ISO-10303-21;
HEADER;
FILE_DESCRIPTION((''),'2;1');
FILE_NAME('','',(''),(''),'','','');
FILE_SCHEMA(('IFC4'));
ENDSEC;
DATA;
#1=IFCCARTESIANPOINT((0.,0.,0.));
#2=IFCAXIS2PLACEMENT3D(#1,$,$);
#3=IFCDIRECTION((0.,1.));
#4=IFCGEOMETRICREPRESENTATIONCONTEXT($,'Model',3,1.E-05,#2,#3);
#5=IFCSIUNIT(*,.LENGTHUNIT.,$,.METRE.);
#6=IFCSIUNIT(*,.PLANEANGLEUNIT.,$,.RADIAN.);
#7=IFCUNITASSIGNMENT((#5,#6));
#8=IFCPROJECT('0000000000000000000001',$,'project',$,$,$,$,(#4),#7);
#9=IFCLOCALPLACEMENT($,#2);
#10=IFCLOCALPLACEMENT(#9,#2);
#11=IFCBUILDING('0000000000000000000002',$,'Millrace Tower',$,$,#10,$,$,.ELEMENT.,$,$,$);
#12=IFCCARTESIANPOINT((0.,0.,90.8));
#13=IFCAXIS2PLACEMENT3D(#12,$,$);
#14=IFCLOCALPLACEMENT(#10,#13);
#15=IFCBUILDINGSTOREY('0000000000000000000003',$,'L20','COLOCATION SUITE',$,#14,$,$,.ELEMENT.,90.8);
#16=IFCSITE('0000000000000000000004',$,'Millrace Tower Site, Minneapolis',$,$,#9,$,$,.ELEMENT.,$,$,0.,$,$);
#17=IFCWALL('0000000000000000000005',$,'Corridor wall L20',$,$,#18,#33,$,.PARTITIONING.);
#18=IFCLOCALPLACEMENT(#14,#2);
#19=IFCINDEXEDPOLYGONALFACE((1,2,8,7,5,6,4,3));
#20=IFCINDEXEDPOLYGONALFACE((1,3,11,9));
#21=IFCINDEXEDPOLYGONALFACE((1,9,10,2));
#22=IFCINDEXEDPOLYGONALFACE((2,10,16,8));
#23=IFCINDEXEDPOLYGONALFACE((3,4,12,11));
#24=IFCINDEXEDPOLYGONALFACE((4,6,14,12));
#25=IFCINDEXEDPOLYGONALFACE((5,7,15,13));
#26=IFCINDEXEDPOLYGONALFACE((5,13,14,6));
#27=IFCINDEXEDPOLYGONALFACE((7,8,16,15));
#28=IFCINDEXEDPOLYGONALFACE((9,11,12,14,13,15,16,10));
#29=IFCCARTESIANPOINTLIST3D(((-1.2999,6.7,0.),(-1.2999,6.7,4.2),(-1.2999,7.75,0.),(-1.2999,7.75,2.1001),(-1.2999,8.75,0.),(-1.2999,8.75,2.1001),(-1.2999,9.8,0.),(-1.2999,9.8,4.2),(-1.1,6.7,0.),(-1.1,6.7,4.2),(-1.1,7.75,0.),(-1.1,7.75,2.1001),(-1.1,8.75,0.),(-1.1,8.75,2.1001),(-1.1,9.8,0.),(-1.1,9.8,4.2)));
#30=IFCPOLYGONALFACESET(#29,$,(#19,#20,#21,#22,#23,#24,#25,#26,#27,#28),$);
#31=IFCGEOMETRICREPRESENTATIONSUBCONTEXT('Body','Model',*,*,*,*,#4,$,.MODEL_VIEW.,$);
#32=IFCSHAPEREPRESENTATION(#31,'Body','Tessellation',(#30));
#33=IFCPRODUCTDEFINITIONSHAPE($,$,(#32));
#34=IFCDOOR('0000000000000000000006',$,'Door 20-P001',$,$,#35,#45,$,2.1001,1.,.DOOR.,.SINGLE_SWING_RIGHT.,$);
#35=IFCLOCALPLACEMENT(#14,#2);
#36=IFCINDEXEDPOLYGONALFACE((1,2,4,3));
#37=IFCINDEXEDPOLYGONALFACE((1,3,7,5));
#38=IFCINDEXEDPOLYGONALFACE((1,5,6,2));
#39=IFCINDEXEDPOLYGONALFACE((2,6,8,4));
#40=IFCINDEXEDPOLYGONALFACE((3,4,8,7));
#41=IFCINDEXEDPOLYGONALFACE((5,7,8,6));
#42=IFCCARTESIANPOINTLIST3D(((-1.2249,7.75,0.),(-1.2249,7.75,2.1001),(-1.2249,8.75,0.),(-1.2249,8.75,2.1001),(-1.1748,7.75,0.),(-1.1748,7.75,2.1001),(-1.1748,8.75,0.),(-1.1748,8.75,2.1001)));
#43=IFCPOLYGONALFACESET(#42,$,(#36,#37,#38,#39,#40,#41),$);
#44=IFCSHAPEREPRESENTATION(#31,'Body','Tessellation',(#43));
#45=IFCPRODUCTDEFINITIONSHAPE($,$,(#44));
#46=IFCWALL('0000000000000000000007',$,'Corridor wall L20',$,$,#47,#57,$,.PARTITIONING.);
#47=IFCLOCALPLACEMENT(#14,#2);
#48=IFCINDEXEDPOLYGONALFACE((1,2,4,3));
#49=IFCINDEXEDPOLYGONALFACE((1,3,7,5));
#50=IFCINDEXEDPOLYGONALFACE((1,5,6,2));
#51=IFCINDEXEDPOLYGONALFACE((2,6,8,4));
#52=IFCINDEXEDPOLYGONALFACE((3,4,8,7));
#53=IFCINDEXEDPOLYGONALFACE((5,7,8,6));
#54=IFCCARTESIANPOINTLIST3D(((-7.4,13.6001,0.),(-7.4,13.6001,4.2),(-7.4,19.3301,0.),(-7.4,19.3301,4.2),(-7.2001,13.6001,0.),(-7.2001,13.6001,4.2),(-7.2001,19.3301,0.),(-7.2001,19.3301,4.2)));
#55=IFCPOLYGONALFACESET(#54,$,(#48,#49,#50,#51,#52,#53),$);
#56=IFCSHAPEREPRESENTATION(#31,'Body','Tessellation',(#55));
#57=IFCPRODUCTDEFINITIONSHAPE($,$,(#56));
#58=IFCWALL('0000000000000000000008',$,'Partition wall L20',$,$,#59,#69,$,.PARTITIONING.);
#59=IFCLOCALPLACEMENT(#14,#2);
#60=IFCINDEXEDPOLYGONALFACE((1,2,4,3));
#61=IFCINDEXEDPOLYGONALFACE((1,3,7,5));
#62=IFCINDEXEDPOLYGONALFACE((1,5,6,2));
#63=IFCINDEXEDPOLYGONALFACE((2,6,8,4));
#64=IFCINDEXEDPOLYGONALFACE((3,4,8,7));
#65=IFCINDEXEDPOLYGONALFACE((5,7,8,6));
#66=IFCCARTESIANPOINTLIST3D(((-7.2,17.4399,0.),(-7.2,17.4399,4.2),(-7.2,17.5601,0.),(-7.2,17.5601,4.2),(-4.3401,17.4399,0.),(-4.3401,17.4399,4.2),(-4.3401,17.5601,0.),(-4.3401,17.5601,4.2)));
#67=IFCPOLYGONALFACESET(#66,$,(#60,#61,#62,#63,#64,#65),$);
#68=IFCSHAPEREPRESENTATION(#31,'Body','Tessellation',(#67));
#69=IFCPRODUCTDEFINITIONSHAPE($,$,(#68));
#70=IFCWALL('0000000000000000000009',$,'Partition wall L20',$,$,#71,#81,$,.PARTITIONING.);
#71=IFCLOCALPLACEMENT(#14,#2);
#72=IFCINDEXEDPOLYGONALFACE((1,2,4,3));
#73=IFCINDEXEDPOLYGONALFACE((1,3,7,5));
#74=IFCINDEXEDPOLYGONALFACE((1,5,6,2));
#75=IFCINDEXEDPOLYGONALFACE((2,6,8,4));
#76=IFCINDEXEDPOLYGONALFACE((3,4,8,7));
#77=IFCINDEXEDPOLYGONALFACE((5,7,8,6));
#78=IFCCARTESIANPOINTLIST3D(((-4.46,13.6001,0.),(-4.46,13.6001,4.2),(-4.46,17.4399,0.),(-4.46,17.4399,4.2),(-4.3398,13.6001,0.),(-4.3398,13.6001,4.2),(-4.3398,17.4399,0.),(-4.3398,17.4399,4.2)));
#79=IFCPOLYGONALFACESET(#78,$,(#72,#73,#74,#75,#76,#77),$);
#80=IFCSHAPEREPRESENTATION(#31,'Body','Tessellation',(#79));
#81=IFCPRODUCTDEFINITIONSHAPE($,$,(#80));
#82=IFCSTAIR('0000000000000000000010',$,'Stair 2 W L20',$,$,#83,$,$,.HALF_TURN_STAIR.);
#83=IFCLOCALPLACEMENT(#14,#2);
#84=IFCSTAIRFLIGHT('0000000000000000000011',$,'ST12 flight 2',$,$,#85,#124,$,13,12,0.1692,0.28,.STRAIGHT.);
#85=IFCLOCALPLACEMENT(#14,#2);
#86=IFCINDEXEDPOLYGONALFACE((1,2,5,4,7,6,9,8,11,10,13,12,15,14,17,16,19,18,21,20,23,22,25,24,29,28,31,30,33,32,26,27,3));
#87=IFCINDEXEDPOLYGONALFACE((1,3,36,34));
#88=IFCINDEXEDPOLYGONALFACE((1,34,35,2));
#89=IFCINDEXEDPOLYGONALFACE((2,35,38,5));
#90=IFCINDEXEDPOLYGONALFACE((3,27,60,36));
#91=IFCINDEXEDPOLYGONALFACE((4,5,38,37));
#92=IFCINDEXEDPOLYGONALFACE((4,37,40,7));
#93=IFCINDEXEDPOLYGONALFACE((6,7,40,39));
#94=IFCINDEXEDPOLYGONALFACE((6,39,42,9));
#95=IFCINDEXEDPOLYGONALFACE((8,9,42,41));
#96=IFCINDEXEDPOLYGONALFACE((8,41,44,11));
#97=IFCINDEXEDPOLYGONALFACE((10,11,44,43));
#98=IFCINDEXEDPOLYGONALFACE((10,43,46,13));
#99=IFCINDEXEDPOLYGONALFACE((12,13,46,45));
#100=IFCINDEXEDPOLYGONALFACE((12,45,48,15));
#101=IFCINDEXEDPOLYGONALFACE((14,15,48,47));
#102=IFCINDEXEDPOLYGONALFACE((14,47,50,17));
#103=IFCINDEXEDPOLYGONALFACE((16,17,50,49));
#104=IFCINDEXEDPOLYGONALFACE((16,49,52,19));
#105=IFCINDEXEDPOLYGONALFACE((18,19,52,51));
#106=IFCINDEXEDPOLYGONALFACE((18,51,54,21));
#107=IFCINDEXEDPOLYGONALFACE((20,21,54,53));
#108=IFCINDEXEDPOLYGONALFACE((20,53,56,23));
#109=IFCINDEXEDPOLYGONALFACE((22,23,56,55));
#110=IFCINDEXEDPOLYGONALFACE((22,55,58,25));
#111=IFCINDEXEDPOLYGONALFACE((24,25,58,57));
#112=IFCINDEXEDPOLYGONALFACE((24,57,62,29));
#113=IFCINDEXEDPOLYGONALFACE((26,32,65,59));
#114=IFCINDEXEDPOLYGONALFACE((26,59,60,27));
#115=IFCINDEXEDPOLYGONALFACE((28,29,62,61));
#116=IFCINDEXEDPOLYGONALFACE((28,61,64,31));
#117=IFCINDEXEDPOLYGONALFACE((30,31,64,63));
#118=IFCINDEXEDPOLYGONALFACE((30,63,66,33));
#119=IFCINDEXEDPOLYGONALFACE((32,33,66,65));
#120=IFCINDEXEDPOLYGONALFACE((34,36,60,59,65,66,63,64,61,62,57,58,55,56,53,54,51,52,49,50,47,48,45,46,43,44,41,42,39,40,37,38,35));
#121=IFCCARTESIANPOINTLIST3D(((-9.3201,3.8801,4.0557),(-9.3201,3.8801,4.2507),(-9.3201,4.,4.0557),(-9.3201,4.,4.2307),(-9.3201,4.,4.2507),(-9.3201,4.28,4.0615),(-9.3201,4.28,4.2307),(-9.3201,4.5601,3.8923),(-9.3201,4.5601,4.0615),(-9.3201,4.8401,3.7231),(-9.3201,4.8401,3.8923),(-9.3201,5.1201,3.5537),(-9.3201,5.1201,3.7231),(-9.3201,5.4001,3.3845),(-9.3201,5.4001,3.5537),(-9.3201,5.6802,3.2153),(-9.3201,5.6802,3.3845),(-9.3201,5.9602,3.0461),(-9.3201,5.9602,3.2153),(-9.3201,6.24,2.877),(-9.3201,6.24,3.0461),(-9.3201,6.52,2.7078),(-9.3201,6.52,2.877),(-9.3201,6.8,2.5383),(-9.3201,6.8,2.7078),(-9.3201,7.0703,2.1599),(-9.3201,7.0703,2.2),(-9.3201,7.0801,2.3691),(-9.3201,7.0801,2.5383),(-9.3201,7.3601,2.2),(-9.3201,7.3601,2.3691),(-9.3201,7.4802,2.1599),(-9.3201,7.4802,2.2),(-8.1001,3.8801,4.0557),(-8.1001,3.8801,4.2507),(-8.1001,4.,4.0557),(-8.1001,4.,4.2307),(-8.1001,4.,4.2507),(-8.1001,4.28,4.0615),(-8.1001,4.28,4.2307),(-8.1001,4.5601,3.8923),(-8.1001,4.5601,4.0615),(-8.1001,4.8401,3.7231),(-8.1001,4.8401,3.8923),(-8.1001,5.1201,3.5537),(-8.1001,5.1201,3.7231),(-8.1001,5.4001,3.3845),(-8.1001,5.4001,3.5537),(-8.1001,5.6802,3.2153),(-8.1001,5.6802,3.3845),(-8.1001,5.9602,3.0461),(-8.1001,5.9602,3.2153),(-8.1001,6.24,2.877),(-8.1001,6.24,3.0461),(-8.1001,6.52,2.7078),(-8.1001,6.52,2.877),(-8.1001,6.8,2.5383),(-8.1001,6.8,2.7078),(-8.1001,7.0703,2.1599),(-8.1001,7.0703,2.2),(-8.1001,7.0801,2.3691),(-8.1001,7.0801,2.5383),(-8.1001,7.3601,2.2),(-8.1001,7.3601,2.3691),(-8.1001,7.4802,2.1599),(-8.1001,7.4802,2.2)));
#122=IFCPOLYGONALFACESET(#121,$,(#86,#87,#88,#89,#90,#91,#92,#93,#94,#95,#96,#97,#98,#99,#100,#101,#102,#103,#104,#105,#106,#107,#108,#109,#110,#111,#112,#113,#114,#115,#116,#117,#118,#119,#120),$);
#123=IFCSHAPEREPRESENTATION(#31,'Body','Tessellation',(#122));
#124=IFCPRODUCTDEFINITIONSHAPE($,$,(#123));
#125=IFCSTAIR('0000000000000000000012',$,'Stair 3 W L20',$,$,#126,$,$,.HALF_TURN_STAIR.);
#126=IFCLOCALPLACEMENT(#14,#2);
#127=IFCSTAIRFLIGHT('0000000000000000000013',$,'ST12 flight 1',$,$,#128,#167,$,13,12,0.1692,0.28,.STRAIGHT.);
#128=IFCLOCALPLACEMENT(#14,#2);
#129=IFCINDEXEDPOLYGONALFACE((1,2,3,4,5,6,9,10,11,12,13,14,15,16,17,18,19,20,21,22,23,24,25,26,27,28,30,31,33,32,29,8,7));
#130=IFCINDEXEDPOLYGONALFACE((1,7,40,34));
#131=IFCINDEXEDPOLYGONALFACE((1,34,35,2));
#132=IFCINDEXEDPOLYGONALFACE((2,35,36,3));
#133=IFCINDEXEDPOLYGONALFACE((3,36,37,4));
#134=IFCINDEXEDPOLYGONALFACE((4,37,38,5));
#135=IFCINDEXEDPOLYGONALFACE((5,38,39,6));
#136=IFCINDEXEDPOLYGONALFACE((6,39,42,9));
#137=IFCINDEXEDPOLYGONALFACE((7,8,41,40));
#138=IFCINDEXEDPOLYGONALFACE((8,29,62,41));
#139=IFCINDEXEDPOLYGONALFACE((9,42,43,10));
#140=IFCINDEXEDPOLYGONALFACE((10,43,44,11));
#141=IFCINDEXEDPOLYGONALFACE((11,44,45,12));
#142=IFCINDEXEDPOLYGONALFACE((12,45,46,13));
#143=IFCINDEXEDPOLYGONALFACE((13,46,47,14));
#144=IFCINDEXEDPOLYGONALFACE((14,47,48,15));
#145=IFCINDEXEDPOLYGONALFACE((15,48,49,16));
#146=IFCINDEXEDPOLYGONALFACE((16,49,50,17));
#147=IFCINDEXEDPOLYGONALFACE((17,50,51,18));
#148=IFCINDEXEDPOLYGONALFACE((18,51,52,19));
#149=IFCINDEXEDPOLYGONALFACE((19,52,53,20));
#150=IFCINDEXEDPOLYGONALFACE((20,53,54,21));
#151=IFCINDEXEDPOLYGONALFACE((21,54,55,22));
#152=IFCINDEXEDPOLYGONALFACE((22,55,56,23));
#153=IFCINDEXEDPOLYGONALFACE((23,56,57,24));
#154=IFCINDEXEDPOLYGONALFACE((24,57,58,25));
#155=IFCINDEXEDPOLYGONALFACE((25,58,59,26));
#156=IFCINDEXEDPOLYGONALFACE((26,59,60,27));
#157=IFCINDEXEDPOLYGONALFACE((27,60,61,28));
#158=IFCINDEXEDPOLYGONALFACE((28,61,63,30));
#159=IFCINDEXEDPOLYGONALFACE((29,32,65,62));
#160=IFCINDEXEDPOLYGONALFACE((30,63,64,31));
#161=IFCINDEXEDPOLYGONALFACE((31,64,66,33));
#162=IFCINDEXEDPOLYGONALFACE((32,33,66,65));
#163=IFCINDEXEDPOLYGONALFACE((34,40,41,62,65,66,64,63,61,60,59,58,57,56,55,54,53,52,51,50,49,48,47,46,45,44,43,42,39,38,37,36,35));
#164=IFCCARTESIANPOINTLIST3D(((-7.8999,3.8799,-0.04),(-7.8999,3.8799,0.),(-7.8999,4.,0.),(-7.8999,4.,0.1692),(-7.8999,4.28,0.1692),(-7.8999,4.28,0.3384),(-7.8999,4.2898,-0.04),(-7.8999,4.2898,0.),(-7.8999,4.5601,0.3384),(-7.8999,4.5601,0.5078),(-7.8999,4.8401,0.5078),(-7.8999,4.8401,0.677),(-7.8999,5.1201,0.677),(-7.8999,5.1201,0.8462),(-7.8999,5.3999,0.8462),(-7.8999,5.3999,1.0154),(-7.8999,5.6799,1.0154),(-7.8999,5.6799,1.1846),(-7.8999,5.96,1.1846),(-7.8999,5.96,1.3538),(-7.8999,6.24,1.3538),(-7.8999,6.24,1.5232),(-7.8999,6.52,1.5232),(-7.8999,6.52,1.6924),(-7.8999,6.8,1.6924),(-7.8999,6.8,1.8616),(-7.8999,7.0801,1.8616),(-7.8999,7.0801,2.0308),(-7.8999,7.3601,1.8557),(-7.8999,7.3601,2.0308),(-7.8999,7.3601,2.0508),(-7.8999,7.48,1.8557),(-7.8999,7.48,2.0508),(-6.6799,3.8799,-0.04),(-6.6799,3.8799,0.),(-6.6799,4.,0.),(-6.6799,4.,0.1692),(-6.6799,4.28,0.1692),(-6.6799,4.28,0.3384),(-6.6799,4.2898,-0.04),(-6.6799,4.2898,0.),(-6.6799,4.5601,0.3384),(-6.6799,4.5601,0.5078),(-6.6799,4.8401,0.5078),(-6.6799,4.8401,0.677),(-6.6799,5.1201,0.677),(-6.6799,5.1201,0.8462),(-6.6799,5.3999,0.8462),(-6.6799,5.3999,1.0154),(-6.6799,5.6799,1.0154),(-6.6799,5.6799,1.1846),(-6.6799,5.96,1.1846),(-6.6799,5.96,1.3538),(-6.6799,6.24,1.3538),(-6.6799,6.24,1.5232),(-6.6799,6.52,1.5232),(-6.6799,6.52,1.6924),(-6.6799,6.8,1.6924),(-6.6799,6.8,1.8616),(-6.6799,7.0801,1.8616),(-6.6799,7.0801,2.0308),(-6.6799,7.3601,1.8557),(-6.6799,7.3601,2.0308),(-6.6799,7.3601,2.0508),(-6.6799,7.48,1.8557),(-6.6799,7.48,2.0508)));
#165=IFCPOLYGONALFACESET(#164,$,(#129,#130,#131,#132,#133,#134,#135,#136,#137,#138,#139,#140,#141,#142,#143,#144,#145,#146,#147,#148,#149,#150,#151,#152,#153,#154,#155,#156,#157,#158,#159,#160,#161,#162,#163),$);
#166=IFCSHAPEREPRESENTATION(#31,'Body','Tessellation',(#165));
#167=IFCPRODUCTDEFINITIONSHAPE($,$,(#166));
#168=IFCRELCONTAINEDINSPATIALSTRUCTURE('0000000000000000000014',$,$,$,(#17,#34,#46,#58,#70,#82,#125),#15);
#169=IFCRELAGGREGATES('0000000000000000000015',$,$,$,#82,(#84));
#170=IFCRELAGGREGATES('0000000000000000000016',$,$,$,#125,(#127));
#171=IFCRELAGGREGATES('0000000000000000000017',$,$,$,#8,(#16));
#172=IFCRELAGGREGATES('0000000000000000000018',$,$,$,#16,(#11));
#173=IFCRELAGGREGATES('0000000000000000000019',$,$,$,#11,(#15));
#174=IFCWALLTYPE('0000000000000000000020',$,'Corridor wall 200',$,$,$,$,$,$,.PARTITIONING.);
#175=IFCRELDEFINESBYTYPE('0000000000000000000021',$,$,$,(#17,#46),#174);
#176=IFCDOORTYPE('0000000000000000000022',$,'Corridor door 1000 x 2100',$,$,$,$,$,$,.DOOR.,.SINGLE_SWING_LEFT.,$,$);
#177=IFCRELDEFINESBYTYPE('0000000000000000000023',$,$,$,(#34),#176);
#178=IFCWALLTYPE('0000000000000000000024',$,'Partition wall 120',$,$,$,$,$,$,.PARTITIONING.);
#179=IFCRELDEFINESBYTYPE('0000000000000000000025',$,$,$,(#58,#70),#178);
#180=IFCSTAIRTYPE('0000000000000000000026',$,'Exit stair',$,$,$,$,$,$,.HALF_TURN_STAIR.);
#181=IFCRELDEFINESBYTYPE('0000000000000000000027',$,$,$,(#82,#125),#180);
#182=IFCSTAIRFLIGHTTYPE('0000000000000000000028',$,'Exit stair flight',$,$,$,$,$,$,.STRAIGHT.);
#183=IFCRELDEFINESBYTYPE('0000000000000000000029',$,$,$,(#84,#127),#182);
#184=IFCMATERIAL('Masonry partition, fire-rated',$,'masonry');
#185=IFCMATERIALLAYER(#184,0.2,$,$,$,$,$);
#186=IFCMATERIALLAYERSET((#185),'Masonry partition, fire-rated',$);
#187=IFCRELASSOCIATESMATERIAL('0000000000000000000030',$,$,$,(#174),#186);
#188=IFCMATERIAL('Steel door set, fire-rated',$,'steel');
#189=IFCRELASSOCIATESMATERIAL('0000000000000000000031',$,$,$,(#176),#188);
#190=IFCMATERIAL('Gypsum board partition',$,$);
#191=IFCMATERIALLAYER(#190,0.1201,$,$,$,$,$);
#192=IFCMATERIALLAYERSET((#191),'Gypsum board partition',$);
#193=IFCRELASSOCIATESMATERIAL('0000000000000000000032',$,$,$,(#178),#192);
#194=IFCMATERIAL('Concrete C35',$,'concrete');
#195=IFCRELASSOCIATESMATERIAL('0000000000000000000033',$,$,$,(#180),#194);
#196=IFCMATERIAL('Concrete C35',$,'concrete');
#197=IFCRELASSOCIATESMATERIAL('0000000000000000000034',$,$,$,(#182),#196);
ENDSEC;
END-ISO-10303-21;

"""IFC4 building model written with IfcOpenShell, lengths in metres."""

from ifc_helpers import new_model, si_unit, direction, frame, frame_2d, origin, place, context, subcontext, project, spatial, polyline, rectangle, outline, extrude, material, layer, layer_set, type_object, element, fill, aggregate, save


model = new_model("IFC4")

# Units and contexts
model_context = context("Model", 3, precision=1e-05, world=origin(), true_north=direction((0.0, 1.0)))
body_context = subcontext(model_context, "Body", "Model", "MODEL_VIEW")
ifc_project = project(units=[si_unit("LENGTHUNIT", "METRE"), si_unit("PLANEANGLEUNIT", "RADIAN")], contexts=[model_context])

# Site, building, storey
site_placement = place(None, origin())
site = spatial("IfcSite", under=ifc_project, at=site_placement, Name="Millrace Tower Site, Minneapolis", CompositionType="ELEMENT", RefElevation=0.0)
building_placement = place(site_placement, origin())
building = spatial("IfcBuilding", under=site, at=building_placement, Name="Millrace Tower", CompositionType="ELEMENT")
storey_placement = place(building_placement, frame((0.0, 0.0, 90.8)))
storey = spatial("IfcBuildingStorey", under=building, at=storey_placement, Name="L20", Description="COLOCATION SUITE", CompositionType="ELEMENT", Elevation=90.8)

# Shared definitions
placement = place(storey_placement, origin())

# Shared definitions
ifc_material_1 = material(Name="Masonry partition, fire-rated", Category="masonry")
ifc_layer_1 = layer(ifc_material_1, 0.2)
ifc_layer_set_1 = layer_set([ifc_layer_1], Name="Masonry partition, fire-rated")
wall_type_1 = type_object("IfcWallType", Name="Corridor wall 200", PredefinedType="PARTITIONING", material=ifc_layer_set_1)

# Wall, opening, door
wall_1_placement = place(storey_placement, frame((-1.2, 6.7, 0.0), z_axis=(0.0, 0.0, 1.0), x_axis=(0.0, 1.0, 0.0)))
wall_1 = element("IfcWall", 1, at=wall_1_placement, inside=storey, type_object=wall_type_1, Name="Corridor wall L20", PredefinedType="PARTITIONING", context=body_context, shape_type="SweptSolid", body=[
    extrude(rectangle(XDim=3.1001, YDim=0.2, at=frame_2d((1.55, 0.0))), origin(), (0.0, 0.0, 1.0), 4.2),
])
opening_placement = place(wall_1_placement, frame((1.05, 0.0, 0.0)))
opening = element("IfcOpeningElement", 2, at=opening_placement, cuts=wall_1, PredefinedType="OPENING", context=body_context, shape_type="SweptSolid", body=[
    extrude(rectangle(XDim=1.0, YDim=2.1001, at=frame_2d((0.5, 1.05))), frame((0.0, 0.1099, 0.0), z_axis=(0.0, -1.0, 0.0), x_axis=(1.0, 0.0, 0.0)), (0.0, 0.0, 1.0), 0.22),
])
ifc_material_2 = material(Name="Steel door set, fire-rated", Category="steel")
door_type = type_object("IfcDoorType", Name="Corridor door 1000 x 2100", OperationType="SINGLE_SWING_LEFT", PredefinedType="DOOR", material=ifc_material_2)
door_placement = place(opening_placement, origin())
door = element("IfcDoor", 3, at=door_placement, inside=storey, type_object=door_type, Name="Door 20-P001", OperationType="SINGLE_SWING_RIGHT", OverallHeight=2.1001, OverallWidth=1.0, PredefinedType="DOOR", context=body_context, shape_type="SweptSolid", body=[
    extrude(rectangle(XDim=1.0, YDim=2.1001, at=frame_2d((0.5, 1.05))), frame((0.0, 0.0249, 0.0), z_axis=(0.0, -1.0, 0.0), x_axis=(1.0, 0.0, 0.0)), (0.0, 0.0, 1.0), 0.05),
])
fill(opening, door)

# Walls
wall_2_placement = place(storey_placement, frame((-7.3, 13.6001, 0.0), z_axis=(0.0, 0.0, 1.0), x_axis=(0.0, 1.0, 0.0)))
element("IfcWall", 4, at=wall_2_placement, inside=storey, type_object=wall_type_1, Name="Corridor wall L20", PredefinedType="PARTITIONING", context=body_context, shape_type="SweptSolid", body=[
    extrude(rectangle(XDim=5.73, YDim=0.2, at=frame_2d((2.865, 0.0))), origin(), (0.0, 0.0, 1.0), 4.2),
])
ifc_material_3 = material(Name="Gypsum board partition")
ifc_layer_2 = layer(ifc_material_3, 0.1201)
ifc_layer_set_2 = layer_set([ifc_layer_2], Name="Gypsum board partition")
wall_type_2 = type_object("IfcWallType", Name="Partition wall 120", PredefinedType="PARTITIONING", material=ifc_layer_set_2)
wall_3_placement = place(storey_placement, frame((-7.2, 17.5, 0.0), z_axis=(0.0, 0.0, 1.0), x_axis=(1.0, 0.0, 0.0)))
element("IfcWall", 5, at=wall_3_placement, inside=storey, type_object=wall_type_2, Name="Partition wall L20", PredefinedType="PARTITIONING", context=body_context, shape_type="SweptSolid", body=[
    extrude(rectangle(XDim=2.8599, YDim=0.1201, at=frame_2d((1.4299, 0.0))), origin(), (0.0, 0.0, 1.0), 4.2),
])
wall_4_placement = place(storey_placement, frame((-4.3999, 13.6001, 0.0), z_axis=(0.0, 0.0, 1.0), x_axis=(0.0, 1.0, 0.0)))
element("IfcWall", 6, at=wall_4_placement, inside=storey, type_object=wall_type_2, Name="Partition wall L20", PredefinedType="PARTITIONING", context=body_context, shape_type="SweptSolid", body=[
    extrude(rectangle(XDim=3.8398, YDim=0.1201, at=frame_2d((1.9199, 0.0))), origin(), (0.0, 0.0, 1.0), 4.2),
])

# Stair, stair flight
ifc_material_4 = material(Name="Concrete C35", Category="concrete")
stair_type = type_object("IfcStairType", Name="Exit stair", PredefinedType="HALF_TURN_STAIR", material=ifc_material_4)
stair_1 = element("IfcStair", 7, at=placement, inside=storey, type_object=stair_type, Name="Stair 2 W L20", PredefinedType="HALF_TURN_STAIR")
ifc_material_5 = material(Name="Concrete C35", Category="concrete")
stair_flight_type = type_object("IfcStairFlightType", Name="Exit stair flight", PredefinedType="STRAIGHT", material=ifc_material_5)
stair_flight_1_placement = place(storey_placement, frame((-8.71, 7.3601, 2.2), z_axis=(0.0, 0.0, 1.0), x_axis=(0.0, -1.0, 0.0)))
stair_flight_1 = element("IfcStairFlight", 8, at=stair_flight_1_placement, type_object=stair_flight_type, Name="ST12 flight 2", NumberOfRisers=13, NumberOfTreads=12, PredefinedType="STRAIGHT", RiserHeight=0.1692, TreadLength=0.28, context=body_context, shape_type="SweptSolid", body=[
    extrude(outline(polyline([(-0.1201, -0.04), (-0.1201, 0.0), (0.0, 0.0), (0.0, 0.1692), (0.28, 0.1692), (0.28, 0.3384), (0.5601, 0.3384), (0.5601, 0.5078), (0.8401, 0.5078), (0.8401, 0.677), (1.1201, 0.677), (1.1201, 0.8462), (1.3999, 0.8462), (1.3999, 1.0154), (1.6799, 1.0154), (1.6799, 1.1846), (1.96, 1.1846), (1.96, 1.3538), (2.24, 1.3538), (2.24, 1.5232), (2.52, 1.5232), (2.52, 1.6924), (2.8, 1.6924), (2.8, 1.8616), (3.0801, 1.8616), (3.0801, 2.0308), (3.3601, 2.0308), (3.3601, 2.0508), (3.48, 2.0508), (3.48, 1.8557), (3.3601, 1.8557), (0.2898, 0.0), (0.2898, -0.04), (-0.1201, -0.04)])), frame((0.0, 0.6099, 0.0), z_axis=(0.0, -1.0, 0.0), x_axis=(1.0, 0.0, 0.0)), (0.0, 0.0, 1.0), 1.22),
])
aggregate(stair_1, [stair_flight_1])

# Stair, stair flight
stair_2 = element("IfcStair", 9, at=placement, inside=storey, type_object=stair_type, Name="Stair 3 W L20", PredefinedType="HALF_TURN_STAIR")
stair_flight_2_placement = place(storey_placement, frame((-7.29, 4.0, 0.0), z_axis=(0.0, 0.0, 1.0), x_axis=(0.0, 1.0, 0.0)))
stair_flight_2 = element("IfcStairFlight", 10, at=stair_flight_2_placement, type_object=stair_flight_type, Name="ST12 flight 1", NumberOfRisers=13, NumberOfTreads=12, PredefinedType="STRAIGHT", RiserHeight=0.1692, TreadLength=0.28, context=body_context, shape_type="SweptSolid", body=[
    extrude(outline(polyline([(-0.1201, -0.04), (-0.1201, 0.0), (0.0, 0.0), (0.0, 0.1692), (0.28, 0.1692), (0.28, 0.3384), (0.5601, 0.3384), (0.5601, 0.5078), (0.8401, 0.5078), (0.8401, 0.677), (1.1201, 0.677), (1.1201, 0.8462), (1.3999, 0.8462), (1.3999, 1.0154), (1.6799, 1.0154), (1.6799, 1.1846), (1.96, 1.1846), (1.96, 1.3538), (2.24, 1.3538), (2.24, 1.5232), (2.52, 1.5232), (2.52, 1.6924), (2.8, 1.6924), (2.8, 1.8616), (3.0801, 1.8616), (3.0801, 2.0308), (3.3601, 2.0308), (3.3601, 2.0508), (3.48, 2.0508), (3.48, 1.8557), (3.3601, 1.8557), (0.2898, 0.0), (0.2898, -0.04), (-0.1201, -0.04)])), frame((0.0, 0.6099, 0.0), z_axis=(0.0, -1.0, 0.0), x_axis=(1.0, 0.0, 0.0)), (0.0, 0.0, 1.0), 1.22),
])
aggregate(stair_2, [stair_flight_2])

save(model, "model.ifc")
